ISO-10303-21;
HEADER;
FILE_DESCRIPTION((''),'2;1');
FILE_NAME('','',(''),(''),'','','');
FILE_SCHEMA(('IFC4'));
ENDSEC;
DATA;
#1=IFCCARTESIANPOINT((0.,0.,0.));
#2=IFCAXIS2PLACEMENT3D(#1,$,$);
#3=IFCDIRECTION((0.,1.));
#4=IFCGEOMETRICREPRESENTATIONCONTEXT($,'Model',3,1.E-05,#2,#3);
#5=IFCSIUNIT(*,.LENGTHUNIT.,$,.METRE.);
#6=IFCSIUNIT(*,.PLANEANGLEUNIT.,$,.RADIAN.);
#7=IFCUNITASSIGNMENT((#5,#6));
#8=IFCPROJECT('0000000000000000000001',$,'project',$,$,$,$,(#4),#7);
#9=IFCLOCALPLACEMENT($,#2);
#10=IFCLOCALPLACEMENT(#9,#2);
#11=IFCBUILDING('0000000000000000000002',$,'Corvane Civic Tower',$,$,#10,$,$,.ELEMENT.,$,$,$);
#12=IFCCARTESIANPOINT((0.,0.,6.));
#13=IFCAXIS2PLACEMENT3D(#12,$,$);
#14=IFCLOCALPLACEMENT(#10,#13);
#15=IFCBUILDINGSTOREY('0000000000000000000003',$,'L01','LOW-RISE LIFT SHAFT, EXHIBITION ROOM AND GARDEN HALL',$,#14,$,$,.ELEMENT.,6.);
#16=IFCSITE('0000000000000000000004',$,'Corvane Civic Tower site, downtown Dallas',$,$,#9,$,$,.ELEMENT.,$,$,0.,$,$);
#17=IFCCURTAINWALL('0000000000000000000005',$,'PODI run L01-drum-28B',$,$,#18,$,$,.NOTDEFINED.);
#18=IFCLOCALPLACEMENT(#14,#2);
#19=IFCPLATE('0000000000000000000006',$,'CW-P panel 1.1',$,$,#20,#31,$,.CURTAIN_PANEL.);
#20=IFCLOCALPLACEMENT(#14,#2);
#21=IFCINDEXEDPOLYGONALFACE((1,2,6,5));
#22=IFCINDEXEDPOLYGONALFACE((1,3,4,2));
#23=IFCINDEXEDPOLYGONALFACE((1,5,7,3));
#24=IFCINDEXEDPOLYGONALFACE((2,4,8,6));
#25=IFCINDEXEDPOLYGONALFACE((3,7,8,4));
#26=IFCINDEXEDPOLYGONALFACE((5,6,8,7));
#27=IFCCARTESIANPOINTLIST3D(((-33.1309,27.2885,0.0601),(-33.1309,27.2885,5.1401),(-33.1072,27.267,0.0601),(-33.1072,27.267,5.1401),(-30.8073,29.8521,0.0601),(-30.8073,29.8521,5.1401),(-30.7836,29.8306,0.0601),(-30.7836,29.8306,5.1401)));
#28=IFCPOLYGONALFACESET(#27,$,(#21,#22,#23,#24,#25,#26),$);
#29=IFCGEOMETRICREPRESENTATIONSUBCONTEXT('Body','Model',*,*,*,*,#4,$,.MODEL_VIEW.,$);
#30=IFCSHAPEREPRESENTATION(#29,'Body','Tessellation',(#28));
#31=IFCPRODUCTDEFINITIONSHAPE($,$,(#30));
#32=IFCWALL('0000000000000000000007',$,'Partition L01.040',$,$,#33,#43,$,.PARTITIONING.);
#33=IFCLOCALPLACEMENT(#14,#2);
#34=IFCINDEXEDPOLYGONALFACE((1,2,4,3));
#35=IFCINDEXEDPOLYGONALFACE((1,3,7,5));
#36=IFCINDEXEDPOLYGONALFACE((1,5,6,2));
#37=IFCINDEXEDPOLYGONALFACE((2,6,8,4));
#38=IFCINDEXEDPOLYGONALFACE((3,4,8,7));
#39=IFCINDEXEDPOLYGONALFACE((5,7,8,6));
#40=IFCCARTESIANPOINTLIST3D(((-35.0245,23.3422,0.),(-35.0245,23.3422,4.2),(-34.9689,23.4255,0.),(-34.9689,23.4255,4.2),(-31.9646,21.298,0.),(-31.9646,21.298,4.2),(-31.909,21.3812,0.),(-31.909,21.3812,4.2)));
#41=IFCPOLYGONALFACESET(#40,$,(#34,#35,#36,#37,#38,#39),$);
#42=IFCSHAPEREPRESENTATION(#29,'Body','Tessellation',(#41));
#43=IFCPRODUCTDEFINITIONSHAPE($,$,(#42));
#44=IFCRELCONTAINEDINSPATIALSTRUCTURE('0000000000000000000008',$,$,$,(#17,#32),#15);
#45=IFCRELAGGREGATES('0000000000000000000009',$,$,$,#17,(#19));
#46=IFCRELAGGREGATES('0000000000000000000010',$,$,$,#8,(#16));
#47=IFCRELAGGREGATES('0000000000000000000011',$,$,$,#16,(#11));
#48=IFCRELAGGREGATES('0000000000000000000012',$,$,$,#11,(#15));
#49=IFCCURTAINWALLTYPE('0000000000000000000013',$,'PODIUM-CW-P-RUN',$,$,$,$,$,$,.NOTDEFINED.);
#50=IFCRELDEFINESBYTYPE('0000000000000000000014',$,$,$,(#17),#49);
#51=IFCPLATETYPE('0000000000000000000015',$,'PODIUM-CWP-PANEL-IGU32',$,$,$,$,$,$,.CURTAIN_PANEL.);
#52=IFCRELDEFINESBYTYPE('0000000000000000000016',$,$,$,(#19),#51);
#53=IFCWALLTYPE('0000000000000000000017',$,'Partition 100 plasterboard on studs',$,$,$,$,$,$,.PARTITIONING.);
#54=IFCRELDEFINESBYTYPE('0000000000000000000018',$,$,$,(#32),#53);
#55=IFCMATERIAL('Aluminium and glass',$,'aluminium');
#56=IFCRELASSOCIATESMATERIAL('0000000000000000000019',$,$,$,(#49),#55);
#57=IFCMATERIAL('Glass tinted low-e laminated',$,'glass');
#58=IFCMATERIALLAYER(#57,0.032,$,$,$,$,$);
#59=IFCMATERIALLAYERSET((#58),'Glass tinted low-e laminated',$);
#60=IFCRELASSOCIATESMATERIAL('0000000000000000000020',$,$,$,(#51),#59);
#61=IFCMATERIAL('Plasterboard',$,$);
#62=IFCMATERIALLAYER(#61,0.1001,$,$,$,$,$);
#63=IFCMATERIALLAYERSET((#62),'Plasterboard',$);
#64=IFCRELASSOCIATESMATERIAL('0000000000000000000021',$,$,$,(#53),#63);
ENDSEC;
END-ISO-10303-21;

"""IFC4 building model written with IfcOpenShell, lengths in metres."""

from ifc_helpers import new_model, si_unit, direction, frame, frame_2d, origin, origin_2d, place, context, subcontext, project, spatial, rectangle, extrude, material, layer, layer_set, type_object, element, aggregate, save


model = new_model("IFC4")

# Units and contexts
model_context = context("Model", 3, precision=1e-05, world=origin(), true_north=direction((0.0, 1.0)))
body_context = subcontext(model_context, "Body", "Model", "MODEL_VIEW")
ifc_project = project(units=[si_unit("LENGTHUNIT", "METRE"), si_unit("PLANEANGLEUNIT", "RADIAN")], contexts=[model_context])

# Site, building, storey
site_placement = place(None, origin())
site = spatial("IfcSite", under=ifc_project, at=site_placement, Name="Corvane Civic Tower site, downtown Dallas", CompositionType="ELEMENT", RefElevation=0.0)
building_placement = place(site_placement, origin())
building = spatial("IfcBuilding", under=site, at=building_placement, Name="Corvane Civic Tower", CompositionType="ELEMENT")
storey_placement = place(building_placement, frame((0.0, 0.0, 6.0)))
storey = spatial("IfcBuildingStorey", under=building, at=storey_placement, Name="L01", Description="LOW-RISE LIFT SHAFT, EXHIBITION ROOM AND GARDEN HALL", CompositionType="ELEMENT", Elevation=6.0)

# Shared definitions
ifc_material_1 = material(Name="Aluminium and glass", Category="aluminium")
curtain_wall_type = type_object("IfcCurtainWallType", Name="PODIUM-CW-P-RUN", PredefinedType="NOTDEFINED", material=ifc_material_1)

# Curtain wall
curtain_wall_1_placement = place(storey_placement, origin())
curtain_wall_1 = element("IfcCurtainWall", 1, at=curtain_wall_1_placement, inside=storey, type_object=curtain_wall_type, Name="PODI run L01-drum-28B", PredefinedType="NOTDEFINED")

# Plate
ifc_material_2 = material(Name="Glass tinted low-e laminated", Category="glass")
ifc_layer_1 = layer(ifc_material_2, 0.032)
ifc_layer_set_1 = layer_set([ifc_layer_1], Name="Glass tinted low-e laminated")
plate_type = type_object("IfcPlateType", Name="PODIUM-CWP-PANEL-IGU32", PredefinedType="CURTAIN_PANEL", material=ifc_layer_set_1)
plate_1_placement = place(storey_placement, frame((-31.9573, 28.5596, 0.0601), z_axis=(0.0, 0.0, 1.0), x_axis=(0.671576, 0.740935, 0.0)))
plate_1 = element("IfcPlate", 2, at=plate_1_placement, type_object=plate_type, Name="CW-P panel 1.1", PredefinedType="CURTAIN_PANEL", context=body_context, shape_type="SweptSolid", body=[
    extrude(rectangle(XDim=3.46, YDim=0.032, at=origin_2d()), origin(), (0.0, 0.0, 1.0), 5.0801),
])
aggregate(curtain_wall_1, [plate_1])

# Wall
ifc_material_3 = material(Name="Plasterboard")
ifc_layer_2 = layer(ifc_material_3, 0.1001)
ifc_layer_set_2 = layer_set([ifc_layer_2], Name="Plasterboard")
wall_type = type_object("IfcWallType", Name="Partition 100 plasterboard on studs", PredefinedType="PARTITIONING", material=ifc_layer_set_2)
wall_placement = place(storey_placement, frame((-34.9966, 23.3838, 0.0), z_axis=(0.0, 0.0, 1.0), x_axis=(0.831509, -0.555511, 0.0)))
element("IfcWall", 3, at=wall_placement, inside=storey, type_object=wall_type, Name="Partition L01.040", PredefinedType="PARTITIONING", context=body_context, shape_type="SweptSolid", body=[
    extrude(rectangle(XDim=3.6799, YDim=0.1001, at=frame_2d((1.8398, 0.0))), origin(), (0.0, 0.0, 1.0), 4.2),
])

save(model, "model.ifc")
